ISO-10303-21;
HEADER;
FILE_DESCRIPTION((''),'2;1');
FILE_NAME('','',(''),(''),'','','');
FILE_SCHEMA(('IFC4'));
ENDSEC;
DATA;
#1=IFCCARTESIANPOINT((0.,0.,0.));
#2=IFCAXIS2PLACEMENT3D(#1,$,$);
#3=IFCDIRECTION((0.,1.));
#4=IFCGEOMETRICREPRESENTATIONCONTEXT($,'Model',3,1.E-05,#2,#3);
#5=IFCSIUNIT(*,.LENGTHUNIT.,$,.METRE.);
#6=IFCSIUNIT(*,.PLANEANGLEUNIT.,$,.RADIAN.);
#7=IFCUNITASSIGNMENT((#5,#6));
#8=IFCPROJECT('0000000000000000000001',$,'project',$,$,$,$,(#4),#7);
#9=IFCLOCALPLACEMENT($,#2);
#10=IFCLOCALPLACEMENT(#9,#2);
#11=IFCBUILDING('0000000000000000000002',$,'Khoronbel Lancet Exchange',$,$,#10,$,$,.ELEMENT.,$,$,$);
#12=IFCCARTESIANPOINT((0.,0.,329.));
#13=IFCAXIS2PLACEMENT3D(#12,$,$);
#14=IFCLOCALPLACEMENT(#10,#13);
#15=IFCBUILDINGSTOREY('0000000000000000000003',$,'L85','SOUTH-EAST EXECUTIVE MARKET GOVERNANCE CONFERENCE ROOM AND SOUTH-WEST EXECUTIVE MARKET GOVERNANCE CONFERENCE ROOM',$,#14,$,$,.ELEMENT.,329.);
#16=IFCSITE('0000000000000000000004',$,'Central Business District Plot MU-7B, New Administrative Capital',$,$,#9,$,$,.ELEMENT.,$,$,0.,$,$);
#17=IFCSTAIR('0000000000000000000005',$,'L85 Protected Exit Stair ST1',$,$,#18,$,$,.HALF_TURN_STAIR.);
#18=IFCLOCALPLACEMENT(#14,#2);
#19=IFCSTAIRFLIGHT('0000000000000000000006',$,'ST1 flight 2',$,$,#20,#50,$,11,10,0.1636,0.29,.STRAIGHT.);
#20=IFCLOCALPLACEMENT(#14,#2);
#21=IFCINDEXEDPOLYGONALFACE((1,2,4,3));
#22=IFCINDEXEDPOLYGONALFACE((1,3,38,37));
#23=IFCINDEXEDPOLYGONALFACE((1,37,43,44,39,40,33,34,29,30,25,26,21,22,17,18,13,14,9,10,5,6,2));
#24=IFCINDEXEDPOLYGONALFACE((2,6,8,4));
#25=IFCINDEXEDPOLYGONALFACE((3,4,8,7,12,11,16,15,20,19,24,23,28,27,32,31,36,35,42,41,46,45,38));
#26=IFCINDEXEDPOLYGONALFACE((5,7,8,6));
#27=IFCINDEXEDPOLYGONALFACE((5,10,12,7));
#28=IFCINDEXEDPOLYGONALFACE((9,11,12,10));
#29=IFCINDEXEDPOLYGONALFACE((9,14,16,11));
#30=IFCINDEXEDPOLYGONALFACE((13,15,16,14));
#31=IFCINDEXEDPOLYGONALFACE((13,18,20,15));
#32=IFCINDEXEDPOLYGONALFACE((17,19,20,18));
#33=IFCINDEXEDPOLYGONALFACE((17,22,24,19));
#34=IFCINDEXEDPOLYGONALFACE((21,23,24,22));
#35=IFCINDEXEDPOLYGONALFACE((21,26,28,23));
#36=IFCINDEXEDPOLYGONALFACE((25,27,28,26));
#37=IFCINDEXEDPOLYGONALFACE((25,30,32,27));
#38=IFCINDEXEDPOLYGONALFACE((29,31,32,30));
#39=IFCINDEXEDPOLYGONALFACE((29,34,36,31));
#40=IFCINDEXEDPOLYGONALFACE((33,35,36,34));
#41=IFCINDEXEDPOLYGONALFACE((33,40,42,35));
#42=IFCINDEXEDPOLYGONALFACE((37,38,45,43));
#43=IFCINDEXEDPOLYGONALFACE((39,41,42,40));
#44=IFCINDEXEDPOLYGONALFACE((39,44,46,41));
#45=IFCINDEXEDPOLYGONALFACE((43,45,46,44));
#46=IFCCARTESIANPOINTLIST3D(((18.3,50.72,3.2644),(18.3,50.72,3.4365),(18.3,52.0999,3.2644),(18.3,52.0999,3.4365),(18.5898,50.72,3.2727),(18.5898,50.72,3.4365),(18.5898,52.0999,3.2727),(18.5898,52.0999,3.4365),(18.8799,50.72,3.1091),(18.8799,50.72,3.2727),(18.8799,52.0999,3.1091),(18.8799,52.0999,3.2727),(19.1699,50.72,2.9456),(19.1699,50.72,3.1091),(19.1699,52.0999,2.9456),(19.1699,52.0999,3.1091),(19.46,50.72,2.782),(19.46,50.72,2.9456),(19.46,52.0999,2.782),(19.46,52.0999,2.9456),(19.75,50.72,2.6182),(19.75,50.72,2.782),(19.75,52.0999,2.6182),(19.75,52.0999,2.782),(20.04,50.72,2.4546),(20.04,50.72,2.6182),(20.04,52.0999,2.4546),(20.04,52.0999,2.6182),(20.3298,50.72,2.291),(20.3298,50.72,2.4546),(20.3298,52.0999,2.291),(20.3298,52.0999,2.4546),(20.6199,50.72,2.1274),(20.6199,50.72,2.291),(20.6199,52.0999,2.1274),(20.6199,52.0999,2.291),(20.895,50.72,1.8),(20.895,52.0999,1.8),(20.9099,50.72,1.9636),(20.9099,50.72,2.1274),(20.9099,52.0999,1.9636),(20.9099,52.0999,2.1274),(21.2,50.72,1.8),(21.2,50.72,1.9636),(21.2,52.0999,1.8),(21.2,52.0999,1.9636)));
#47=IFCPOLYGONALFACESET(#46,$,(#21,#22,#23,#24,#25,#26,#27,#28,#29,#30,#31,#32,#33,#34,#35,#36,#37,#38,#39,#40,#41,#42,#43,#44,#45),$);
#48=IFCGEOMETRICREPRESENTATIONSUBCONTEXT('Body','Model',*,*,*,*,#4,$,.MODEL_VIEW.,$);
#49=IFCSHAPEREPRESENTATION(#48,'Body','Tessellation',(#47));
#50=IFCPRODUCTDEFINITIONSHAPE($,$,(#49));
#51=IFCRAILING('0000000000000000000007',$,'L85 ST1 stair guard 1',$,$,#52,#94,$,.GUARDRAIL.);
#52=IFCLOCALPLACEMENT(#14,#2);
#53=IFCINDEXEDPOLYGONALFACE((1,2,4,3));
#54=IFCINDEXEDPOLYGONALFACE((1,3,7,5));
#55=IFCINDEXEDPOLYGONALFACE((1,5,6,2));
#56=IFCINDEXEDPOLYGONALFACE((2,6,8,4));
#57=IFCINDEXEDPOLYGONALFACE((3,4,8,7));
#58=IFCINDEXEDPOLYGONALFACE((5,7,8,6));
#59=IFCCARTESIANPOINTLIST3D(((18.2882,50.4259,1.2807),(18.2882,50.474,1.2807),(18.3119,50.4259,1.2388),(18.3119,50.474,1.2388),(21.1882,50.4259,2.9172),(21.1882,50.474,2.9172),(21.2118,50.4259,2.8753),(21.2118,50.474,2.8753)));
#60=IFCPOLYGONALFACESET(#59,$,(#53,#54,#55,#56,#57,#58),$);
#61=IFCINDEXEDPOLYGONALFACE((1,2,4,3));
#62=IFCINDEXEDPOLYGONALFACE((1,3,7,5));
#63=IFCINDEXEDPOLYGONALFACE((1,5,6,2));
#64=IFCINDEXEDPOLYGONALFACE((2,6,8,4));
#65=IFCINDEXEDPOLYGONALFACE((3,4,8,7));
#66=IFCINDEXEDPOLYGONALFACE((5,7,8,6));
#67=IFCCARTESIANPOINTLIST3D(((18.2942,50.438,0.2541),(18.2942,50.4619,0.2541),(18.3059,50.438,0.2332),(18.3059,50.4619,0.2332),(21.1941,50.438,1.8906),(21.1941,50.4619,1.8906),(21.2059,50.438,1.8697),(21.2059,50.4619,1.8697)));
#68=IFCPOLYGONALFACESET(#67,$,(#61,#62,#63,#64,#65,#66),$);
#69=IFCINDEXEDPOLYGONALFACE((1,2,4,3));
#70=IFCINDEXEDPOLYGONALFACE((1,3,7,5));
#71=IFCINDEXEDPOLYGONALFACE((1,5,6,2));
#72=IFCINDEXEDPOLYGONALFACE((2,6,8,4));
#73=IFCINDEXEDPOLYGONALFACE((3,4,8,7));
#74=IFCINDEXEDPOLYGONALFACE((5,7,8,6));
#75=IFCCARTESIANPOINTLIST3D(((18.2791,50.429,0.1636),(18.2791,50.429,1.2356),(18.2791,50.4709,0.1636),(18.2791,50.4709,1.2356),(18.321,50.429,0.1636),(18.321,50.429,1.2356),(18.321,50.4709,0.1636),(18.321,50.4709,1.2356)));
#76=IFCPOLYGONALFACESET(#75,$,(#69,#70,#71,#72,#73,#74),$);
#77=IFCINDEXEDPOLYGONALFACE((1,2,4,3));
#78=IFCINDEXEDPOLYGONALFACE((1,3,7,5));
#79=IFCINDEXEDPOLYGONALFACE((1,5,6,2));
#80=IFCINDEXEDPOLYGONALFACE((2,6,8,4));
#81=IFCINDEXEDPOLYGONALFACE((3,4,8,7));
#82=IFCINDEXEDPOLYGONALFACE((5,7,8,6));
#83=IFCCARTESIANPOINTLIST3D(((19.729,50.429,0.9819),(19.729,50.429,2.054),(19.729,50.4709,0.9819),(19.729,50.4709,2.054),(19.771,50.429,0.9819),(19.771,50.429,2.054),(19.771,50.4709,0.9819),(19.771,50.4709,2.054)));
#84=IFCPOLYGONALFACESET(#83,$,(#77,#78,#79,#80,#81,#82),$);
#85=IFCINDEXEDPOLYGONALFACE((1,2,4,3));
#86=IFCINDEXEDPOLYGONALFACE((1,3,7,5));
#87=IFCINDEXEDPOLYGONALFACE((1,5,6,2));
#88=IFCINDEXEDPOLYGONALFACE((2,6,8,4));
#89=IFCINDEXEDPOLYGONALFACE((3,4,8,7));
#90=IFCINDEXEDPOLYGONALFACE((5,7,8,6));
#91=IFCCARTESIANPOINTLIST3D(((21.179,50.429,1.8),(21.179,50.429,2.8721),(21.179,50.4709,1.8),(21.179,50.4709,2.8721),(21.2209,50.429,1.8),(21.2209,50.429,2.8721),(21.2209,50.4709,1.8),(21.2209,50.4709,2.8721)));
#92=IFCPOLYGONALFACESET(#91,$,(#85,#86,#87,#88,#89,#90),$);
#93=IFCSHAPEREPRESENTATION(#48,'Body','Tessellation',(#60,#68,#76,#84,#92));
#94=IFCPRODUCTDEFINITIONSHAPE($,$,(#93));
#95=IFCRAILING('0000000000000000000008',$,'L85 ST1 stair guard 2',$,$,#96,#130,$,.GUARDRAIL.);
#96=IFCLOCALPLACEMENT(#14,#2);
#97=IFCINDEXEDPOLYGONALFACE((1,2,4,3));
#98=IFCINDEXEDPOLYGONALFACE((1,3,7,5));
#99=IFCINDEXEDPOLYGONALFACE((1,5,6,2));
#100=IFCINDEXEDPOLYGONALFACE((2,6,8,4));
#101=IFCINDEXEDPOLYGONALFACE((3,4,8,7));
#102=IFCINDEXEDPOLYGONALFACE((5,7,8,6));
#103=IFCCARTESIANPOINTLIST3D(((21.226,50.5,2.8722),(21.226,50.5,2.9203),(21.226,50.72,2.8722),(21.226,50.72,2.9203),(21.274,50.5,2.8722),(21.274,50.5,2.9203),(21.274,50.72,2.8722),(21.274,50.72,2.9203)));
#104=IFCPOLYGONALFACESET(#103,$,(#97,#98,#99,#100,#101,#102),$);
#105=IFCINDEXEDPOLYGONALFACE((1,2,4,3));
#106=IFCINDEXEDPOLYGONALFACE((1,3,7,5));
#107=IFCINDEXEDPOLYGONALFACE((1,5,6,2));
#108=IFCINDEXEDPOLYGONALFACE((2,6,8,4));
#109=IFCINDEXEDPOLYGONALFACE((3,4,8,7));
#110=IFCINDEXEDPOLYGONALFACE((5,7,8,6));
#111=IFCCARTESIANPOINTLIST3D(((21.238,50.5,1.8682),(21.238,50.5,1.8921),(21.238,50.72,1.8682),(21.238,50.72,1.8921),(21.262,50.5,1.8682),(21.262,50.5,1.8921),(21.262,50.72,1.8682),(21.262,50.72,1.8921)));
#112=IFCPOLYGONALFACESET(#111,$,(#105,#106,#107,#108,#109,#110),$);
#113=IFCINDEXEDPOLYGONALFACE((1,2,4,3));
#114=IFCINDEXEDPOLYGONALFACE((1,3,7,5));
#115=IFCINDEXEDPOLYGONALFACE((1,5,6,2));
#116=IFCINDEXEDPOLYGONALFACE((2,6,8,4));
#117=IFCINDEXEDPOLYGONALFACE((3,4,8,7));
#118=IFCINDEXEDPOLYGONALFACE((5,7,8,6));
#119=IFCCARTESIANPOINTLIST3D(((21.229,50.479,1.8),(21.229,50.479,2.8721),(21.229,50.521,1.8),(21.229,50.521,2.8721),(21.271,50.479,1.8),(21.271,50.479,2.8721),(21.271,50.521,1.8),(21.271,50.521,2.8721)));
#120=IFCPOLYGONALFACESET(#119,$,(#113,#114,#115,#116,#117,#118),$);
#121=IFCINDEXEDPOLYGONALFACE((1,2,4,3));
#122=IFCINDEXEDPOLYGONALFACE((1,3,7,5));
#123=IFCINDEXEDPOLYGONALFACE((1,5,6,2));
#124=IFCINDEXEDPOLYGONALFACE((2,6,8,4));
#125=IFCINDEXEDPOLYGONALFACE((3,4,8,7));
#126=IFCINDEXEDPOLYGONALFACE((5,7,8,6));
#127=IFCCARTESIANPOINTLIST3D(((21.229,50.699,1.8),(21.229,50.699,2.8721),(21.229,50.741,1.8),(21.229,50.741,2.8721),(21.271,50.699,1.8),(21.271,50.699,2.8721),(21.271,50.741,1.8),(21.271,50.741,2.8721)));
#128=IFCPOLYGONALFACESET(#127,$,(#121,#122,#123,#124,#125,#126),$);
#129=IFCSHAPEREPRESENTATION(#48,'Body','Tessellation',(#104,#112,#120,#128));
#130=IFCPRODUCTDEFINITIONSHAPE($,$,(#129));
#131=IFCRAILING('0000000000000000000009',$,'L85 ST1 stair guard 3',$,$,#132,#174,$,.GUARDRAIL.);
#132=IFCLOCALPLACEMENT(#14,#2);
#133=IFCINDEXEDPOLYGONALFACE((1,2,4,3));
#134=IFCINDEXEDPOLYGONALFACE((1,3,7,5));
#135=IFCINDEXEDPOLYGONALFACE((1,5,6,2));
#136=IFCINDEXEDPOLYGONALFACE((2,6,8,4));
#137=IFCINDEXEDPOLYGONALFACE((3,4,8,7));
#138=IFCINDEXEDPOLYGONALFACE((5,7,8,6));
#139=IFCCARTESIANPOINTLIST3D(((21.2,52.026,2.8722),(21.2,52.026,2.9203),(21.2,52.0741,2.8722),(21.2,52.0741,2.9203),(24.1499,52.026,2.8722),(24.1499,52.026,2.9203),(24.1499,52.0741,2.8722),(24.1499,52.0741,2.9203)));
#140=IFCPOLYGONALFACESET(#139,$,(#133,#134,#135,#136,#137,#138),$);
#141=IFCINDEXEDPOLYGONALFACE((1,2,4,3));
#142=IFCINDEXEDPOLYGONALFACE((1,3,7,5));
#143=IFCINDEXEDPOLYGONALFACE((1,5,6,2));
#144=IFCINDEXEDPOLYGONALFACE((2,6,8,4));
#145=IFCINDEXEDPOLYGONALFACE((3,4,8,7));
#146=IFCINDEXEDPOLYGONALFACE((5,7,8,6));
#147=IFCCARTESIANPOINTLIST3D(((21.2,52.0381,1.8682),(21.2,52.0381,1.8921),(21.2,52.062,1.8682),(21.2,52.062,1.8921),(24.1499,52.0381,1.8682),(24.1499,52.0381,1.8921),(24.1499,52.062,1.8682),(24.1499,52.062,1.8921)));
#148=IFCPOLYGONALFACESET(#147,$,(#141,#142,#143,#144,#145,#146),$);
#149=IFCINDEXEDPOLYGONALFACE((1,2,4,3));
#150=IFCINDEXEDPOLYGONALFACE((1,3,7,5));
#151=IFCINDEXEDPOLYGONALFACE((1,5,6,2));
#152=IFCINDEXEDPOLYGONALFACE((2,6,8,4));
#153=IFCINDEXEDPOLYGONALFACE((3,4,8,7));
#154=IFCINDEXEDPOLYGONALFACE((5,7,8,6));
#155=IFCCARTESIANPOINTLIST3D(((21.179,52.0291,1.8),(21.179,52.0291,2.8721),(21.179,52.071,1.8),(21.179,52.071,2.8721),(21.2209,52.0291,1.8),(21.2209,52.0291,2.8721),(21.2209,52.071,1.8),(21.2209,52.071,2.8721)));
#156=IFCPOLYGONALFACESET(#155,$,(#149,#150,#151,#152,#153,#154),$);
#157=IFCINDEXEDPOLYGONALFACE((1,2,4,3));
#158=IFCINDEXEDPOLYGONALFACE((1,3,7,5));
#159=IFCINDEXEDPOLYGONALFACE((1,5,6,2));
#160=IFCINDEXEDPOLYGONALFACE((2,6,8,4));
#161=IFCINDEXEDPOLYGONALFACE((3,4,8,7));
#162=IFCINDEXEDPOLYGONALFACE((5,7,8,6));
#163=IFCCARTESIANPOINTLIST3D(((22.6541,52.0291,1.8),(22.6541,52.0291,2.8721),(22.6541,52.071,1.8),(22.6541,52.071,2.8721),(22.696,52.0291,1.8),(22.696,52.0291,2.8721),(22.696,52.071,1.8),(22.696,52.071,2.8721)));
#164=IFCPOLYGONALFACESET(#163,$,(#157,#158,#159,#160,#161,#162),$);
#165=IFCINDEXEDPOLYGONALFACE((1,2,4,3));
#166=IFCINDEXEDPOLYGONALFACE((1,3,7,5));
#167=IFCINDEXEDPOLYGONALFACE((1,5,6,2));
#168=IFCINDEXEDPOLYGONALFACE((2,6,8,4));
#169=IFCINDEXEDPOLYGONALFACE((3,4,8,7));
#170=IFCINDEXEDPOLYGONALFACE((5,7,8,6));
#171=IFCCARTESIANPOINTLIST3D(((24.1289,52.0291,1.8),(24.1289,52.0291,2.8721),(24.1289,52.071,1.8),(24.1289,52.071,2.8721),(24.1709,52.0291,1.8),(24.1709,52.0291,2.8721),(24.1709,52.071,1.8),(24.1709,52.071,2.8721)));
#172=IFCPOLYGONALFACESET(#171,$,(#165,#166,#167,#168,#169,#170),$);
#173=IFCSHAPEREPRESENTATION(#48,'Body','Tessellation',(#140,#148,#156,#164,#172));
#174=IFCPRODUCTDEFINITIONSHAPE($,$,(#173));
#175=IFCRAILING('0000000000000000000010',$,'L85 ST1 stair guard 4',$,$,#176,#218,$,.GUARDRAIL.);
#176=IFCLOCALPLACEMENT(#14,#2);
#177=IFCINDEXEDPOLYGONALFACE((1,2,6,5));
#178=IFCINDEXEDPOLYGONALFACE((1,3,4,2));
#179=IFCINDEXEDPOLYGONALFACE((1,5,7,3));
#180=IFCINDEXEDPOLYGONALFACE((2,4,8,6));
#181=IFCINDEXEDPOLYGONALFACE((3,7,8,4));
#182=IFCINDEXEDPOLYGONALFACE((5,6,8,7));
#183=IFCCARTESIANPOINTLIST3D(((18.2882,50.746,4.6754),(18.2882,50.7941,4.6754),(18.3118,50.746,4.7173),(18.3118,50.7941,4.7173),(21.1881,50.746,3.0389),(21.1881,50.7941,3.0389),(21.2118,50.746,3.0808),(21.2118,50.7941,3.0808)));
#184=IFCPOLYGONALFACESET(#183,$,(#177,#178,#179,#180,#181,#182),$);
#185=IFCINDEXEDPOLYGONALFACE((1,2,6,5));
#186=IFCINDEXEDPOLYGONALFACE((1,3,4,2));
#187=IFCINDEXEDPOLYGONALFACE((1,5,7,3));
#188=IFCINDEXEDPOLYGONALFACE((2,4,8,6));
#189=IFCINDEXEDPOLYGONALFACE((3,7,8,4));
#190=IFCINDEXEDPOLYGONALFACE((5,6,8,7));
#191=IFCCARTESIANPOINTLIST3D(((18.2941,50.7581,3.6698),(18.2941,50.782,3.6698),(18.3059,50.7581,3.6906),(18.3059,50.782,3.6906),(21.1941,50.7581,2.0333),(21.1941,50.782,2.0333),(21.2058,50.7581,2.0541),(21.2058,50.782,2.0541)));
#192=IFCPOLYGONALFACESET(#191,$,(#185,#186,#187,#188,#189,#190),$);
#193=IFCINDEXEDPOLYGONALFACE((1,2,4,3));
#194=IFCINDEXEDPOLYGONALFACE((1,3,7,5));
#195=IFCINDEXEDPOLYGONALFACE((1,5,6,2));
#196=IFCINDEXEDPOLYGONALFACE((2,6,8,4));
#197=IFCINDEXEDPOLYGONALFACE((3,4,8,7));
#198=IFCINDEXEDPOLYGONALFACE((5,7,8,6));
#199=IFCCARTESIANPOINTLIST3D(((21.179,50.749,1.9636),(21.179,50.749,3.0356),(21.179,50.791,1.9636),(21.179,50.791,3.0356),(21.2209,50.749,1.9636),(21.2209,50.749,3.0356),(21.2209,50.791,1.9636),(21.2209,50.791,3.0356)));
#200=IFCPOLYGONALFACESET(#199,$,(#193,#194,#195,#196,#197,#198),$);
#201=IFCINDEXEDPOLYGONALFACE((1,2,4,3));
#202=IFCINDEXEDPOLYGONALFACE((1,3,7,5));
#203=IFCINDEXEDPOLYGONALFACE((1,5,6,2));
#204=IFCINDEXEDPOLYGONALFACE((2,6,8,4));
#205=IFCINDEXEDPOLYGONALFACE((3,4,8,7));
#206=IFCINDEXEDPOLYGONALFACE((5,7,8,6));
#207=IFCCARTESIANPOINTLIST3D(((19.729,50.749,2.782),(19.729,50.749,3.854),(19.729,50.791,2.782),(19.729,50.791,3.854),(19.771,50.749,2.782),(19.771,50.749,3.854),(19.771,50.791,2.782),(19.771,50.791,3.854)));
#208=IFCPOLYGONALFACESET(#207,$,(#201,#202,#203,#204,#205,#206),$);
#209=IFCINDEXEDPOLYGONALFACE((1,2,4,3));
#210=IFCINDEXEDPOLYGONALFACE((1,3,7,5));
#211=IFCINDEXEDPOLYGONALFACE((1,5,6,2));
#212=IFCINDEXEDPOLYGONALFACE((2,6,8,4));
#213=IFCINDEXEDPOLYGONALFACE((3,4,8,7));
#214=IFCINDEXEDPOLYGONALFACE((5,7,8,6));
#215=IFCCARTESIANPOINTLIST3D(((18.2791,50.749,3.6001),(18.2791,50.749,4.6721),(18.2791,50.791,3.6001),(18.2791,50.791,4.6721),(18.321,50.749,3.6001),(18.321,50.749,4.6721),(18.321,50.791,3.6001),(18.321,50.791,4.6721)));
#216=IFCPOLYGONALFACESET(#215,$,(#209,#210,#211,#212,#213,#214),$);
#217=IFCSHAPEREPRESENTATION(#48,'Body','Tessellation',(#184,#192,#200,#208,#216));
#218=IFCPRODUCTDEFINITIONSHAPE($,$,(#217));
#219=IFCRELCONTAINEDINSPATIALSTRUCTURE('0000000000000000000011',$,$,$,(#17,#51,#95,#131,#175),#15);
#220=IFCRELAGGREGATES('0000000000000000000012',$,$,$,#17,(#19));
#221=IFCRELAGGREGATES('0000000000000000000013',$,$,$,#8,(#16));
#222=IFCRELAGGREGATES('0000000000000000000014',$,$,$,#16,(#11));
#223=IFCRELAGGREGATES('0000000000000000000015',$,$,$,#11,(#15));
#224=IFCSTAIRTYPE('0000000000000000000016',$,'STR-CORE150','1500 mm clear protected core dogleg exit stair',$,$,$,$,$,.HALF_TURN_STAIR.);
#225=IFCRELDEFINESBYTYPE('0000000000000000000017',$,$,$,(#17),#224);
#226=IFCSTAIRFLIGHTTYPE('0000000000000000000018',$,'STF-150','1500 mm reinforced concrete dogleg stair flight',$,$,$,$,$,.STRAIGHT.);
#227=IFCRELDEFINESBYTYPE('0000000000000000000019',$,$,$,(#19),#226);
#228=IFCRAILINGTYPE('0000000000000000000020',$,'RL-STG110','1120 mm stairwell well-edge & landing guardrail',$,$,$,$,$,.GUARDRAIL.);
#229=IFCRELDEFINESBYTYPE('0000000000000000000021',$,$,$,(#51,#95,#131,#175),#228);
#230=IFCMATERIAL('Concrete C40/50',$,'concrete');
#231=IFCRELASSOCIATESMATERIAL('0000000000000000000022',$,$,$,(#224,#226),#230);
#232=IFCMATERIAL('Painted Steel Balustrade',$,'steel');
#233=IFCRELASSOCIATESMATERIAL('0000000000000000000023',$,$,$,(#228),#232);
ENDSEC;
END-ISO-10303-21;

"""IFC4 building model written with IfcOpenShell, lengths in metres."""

from ifc_helpers import new_model, si_unit, direction, frame, origin, origin_2d, place, context, subcontext, project, spatial, polyline, rectangle, outline, extrude, material, type_object, element, aggregate, save


model = new_model("IFC4")

# Units and contexts
model_context = context("Model", 3, precision=1e-05, world=origin(), true_north=direction((0.0, 1.0)))
body_context = subcontext(model_context, "Body", "Model", "MODEL_VIEW")
ifc_project = project(units=[si_unit("LENGTHUNIT", "METRE"), si_unit("PLANEANGLEUNIT", "RADIAN")], contexts=[model_context])

# Site, building, storey
site_placement = place(None, origin())
site = spatial("IfcSite", under=ifc_project, at=site_placement, Name="Central Business District Plot MU-7B, New Administrative Capital", CompositionType="ELEMENT", RefElevation=0.0)
building_placement = place(site_placement, origin())
building = spatial("IfcBuilding", under=site, at=building_placement, Name="Khoronbel Lancet Exchange", CompositionType="ELEMENT")
storey_placement = place(building_placement, frame((0.0, 0.0, 329.0)))
storey = spatial("IfcBuildingStorey", under=building, at=storey_placement, Name="L85", Description="SOUTH-EAST EXECUTIVE MARKET GOVERNANCE CONFERENCE ROOM AND SOUTH-WEST EXECUTIVE MARKET GOVERNANCE CONFERENCE ROOM", CompositionType="ELEMENT", Elevation=329.0)

# Stair, stair flight
ifc_material_1 = material(Name="Concrete C40/50", Category="concrete")
stair_type = type_object("IfcStairType", Name="STR-CORE150", Description="1500 mm clear protected core dogleg exit stair", PredefinedType="HALF_TURN_STAIR", material=ifc_material_1)
stair_placement = place(storey_placement, origin())
stair = element("IfcStair", 1, at=stair_placement, inside=storey, type_object=stair_type, Name="L85 Protected Exit Stair ST1", PredefinedType="HALF_TURN_STAIR")
stair_flight_type = type_object("IfcStairFlightType", Name="STF-150", Description="1500 mm reinforced concrete dogleg stair flight", PredefinedType="STRAIGHT", material=ifc_material_1)
stair_flight_1_placement = place(storey_placement, frame((21.2, 51.4099, 1.8), z_axis=(0.0, 0.0, 1.0), x_axis=(-1.0, 0.0, 0.0)))
stair_flight_1 = element("IfcStairFlight", 2, at=stair_flight_1_placement, type_object=stair_flight_type, Name="ST1 flight 2", NumberOfRisers=11, NumberOfTreads=10, PredefinedType="STRAIGHT", RiserHeight=0.1636, TreadLength=0.29, context=body_context, shape_type="SweptSolid", body=[
    extrude(outline(polyline([(0.0, 0.0), (0.0, 0.1636), (0.29, 0.1636), (0.29, 0.3274), (0.5801, 0.3274), (0.5801, 0.491), (0.8701, 0.491), (0.8701, 0.6545), (1.1599, 0.6545), (1.1599, 0.8181), (1.45, 0.8181), (1.45, 0.9819), (1.74, 0.9819), (1.74, 1.1455), (2.03, 1.1455), (2.03, 1.3091), (2.3201, 1.3091), (2.3201, 1.4727), (2.6101, 1.4727), (2.6101, 1.6365), (2.8999, 1.6365), (2.8999, 1.8), (2.8999, 1.4644), (0.3049, 0.0), (0.0, 0.0)])), frame((0.0, 0.6899, 0.0), z_axis=(0.0, -1.0, 0.0), x_axis=(1.0, 0.0, 0.0)), (0.0, 0.0, 1.0), 1.3799),
])
aggregate(stair, [stair_flight_1])

# Railings
ifc_material_2 = material(Name="Painted Steel Balustrade", Category="steel")
railing_type_1 = type_object("IfcRailingType", Name="RL-STG110", Description="1120 mm stairwell well-edge & landing guardrail", PredefinedType="GUARDRAIL", material=ifc_material_2)
railing_1_placement = place(storey_placement, frame((18.3, 50.45, 0.1636)))
element("IfcRailing", 3, at=railing_1_placement, inside=storey, type_object=railing_type_1, Name="L85 ST1 stair guard 1", PredefinedType="GUARDRAIL", context=body_context, shape_type="SweptSolid", body=[
    extrude(rectangle(XDim=0.0481, YDim=0.0481, at=origin_2d()), frame((0.0, 0.0, 1.0962), z_axis=(0.870897, 0.0, 0.491465), x_axis=(0.0, 1.0, 0.0)), (0.0, 0.0, 1.0), 3.3298),
    extrude(rectangle(XDim=0.0239, YDim=0.0239, at=origin_2d()), frame((0.0, 0.0, 0.0801), z_axis=(0.870897, 0.0, 0.491465), x_axis=(0.0, 1.0, 0.0)), (0.0, 0.0, 1.0), 3.3298),
    extrude(rectangle(XDim=0.042, YDim=0.042, at=origin_2d()), origin(), (0.0, 0.0, 1.0), 1.072),
    extrude(rectangle(XDim=0.042, YDim=0.042, at=origin_2d()), frame((1.45, 0.0, 0.8184)), (0.0, 0.0, 1.0), 1.072),
    extrude(rectangle(XDim=0.042, YDim=0.042, at=origin_2d()), frame((2.8999, 0.0, 1.6365)), (0.0, 0.0, 1.0), 1.072),
])
railing_2_placement = place(storey_placement, frame((21.25, 50.5, 1.8)))
element("IfcRailing", 4, at=railing_2_placement, inside=storey, type_object=railing_type_1, Name="L85 ST1 stair guard 2", PredefinedType="GUARDRAIL", context=body_context, shape_type="SweptSolid", body=[
    extrude(rectangle(XDim=0.0481, YDim=0.0481, at=origin_2d()), frame((0.0, 0.0, 1.0962), z_axis=(0.0, 1.0, 0.0), x_axis=(-1.0, 0.0, 0.0)), (0.0, 0.0, 1.0), 0.22),
    extrude(rectangle(XDim=0.0239, YDim=0.0239, at=origin_2d()), frame((0.0, 0.0, 0.0801), z_axis=(0.0, 1.0, 0.0), x_axis=(-1.0, 0.0, 0.0)), (0.0, 0.0, 1.0), 0.22),
    extrude(rectangle(XDim=0.042, YDim=0.042, at=origin_2d()), origin(), (0.0, 0.0, 1.0), 1.072),
    extrude(rectangle(XDim=0.042, YDim=0.042, at=origin_2d()), frame((0.0, 0.22, 0.0)), (0.0, 0.0, 1.0), 1.072),
])
railing_3_placement = place(storey_placement, frame((21.2, 52.05, 1.8)))
element("IfcRailing", 5, at=railing_3_placement, inside=storey, type_object=railing_type_1, Name="L85 ST1 stair guard 3", PredefinedType="GUARDRAIL", context=body_context, shape_type="SweptSolid", body=[
    extrude(rectangle(XDim=0.0481, YDim=0.0481, at=origin_2d()), frame((0.0, 0.0, 1.0962), z_axis=(1.0, 0.0, 0.0), x_axis=(0.0, 1.0, 0.0)), (0.0, 0.0, 1.0), 2.95),
    extrude(rectangle(XDim=0.0239, YDim=0.0239, at=origin_2d()), frame((0.0, 0.0, 0.0801), z_axis=(1.0, 0.0, 0.0), x_axis=(0.0, 1.0, 0.0)), (0.0, 0.0, 1.0), 2.95),
    extrude(rectangle(XDim=0.042, YDim=0.042, at=origin_2d()), origin(), (0.0, 0.0, 1.0), 1.072),
    extrude(rectangle(XDim=0.042, YDim=0.042, at=origin_2d()), frame((1.4751, 0.0, 0.0)), (0.0, 0.0, 1.0), 1.072),
    extrude(rectangle(XDim=0.042, YDim=0.042, at=origin_2d()), frame((2.95, 0.0, 0.0)), (0.0, 0.0, 1.0), 1.072),
])
railing_4_placement = place(storey_placement, frame((21.2, 50.77, 1.9636)))
element("IfcRailing", 6, at=railing_4_placement, inside=storey, type_object=railing_type_1, Name="L85 ST1 stair guard 4", PredefinedType="GUARDRAIL", context=body_context, shape_type="SweptSolid", body=[
    extrude(rectangle(XDim=0.0481, YDim=0.0481, at=origin_2d()), frame((0.0, 0.0, 1.0962), z_axis=(-0.870897, 0.0, 0.491465), x_axis=(0.0, -1.0, 0.0)), (0.0, 0.0, 1.0), 3.3298),
    extrude(rectangle(XDim=0.0239, YDim=0.0239, at=origin_2d()), frame((0.0, 0.0, 0.0801), z_axis=(-0.870897, 0.0, 0.491465), x_axis=(0.0, -1.0, 0.0)), (0.0, 0.0, 1.0), 3.3298),
    extrude(rectangle(XDim=0.042, YDim=0.042, at=origin_2d()), origin(), (0.0, 0.0, 1.0), 1.072),
    extrude(rectangle(XDim=0.042, YDim=0.042, at=origin_2d()), frame((-1.45, 0.0, 0.8184)), (0.0, 0.0, 1.0), 1.072),
    extrude(rectangle(XDim=0.042, YDim=0.042, at=origin_2d()), frame((-2.8999, 0.0, 1.6365)), (0.0, 0.0, 1.0), 1.072),
])

save(model, "model.ifc")
